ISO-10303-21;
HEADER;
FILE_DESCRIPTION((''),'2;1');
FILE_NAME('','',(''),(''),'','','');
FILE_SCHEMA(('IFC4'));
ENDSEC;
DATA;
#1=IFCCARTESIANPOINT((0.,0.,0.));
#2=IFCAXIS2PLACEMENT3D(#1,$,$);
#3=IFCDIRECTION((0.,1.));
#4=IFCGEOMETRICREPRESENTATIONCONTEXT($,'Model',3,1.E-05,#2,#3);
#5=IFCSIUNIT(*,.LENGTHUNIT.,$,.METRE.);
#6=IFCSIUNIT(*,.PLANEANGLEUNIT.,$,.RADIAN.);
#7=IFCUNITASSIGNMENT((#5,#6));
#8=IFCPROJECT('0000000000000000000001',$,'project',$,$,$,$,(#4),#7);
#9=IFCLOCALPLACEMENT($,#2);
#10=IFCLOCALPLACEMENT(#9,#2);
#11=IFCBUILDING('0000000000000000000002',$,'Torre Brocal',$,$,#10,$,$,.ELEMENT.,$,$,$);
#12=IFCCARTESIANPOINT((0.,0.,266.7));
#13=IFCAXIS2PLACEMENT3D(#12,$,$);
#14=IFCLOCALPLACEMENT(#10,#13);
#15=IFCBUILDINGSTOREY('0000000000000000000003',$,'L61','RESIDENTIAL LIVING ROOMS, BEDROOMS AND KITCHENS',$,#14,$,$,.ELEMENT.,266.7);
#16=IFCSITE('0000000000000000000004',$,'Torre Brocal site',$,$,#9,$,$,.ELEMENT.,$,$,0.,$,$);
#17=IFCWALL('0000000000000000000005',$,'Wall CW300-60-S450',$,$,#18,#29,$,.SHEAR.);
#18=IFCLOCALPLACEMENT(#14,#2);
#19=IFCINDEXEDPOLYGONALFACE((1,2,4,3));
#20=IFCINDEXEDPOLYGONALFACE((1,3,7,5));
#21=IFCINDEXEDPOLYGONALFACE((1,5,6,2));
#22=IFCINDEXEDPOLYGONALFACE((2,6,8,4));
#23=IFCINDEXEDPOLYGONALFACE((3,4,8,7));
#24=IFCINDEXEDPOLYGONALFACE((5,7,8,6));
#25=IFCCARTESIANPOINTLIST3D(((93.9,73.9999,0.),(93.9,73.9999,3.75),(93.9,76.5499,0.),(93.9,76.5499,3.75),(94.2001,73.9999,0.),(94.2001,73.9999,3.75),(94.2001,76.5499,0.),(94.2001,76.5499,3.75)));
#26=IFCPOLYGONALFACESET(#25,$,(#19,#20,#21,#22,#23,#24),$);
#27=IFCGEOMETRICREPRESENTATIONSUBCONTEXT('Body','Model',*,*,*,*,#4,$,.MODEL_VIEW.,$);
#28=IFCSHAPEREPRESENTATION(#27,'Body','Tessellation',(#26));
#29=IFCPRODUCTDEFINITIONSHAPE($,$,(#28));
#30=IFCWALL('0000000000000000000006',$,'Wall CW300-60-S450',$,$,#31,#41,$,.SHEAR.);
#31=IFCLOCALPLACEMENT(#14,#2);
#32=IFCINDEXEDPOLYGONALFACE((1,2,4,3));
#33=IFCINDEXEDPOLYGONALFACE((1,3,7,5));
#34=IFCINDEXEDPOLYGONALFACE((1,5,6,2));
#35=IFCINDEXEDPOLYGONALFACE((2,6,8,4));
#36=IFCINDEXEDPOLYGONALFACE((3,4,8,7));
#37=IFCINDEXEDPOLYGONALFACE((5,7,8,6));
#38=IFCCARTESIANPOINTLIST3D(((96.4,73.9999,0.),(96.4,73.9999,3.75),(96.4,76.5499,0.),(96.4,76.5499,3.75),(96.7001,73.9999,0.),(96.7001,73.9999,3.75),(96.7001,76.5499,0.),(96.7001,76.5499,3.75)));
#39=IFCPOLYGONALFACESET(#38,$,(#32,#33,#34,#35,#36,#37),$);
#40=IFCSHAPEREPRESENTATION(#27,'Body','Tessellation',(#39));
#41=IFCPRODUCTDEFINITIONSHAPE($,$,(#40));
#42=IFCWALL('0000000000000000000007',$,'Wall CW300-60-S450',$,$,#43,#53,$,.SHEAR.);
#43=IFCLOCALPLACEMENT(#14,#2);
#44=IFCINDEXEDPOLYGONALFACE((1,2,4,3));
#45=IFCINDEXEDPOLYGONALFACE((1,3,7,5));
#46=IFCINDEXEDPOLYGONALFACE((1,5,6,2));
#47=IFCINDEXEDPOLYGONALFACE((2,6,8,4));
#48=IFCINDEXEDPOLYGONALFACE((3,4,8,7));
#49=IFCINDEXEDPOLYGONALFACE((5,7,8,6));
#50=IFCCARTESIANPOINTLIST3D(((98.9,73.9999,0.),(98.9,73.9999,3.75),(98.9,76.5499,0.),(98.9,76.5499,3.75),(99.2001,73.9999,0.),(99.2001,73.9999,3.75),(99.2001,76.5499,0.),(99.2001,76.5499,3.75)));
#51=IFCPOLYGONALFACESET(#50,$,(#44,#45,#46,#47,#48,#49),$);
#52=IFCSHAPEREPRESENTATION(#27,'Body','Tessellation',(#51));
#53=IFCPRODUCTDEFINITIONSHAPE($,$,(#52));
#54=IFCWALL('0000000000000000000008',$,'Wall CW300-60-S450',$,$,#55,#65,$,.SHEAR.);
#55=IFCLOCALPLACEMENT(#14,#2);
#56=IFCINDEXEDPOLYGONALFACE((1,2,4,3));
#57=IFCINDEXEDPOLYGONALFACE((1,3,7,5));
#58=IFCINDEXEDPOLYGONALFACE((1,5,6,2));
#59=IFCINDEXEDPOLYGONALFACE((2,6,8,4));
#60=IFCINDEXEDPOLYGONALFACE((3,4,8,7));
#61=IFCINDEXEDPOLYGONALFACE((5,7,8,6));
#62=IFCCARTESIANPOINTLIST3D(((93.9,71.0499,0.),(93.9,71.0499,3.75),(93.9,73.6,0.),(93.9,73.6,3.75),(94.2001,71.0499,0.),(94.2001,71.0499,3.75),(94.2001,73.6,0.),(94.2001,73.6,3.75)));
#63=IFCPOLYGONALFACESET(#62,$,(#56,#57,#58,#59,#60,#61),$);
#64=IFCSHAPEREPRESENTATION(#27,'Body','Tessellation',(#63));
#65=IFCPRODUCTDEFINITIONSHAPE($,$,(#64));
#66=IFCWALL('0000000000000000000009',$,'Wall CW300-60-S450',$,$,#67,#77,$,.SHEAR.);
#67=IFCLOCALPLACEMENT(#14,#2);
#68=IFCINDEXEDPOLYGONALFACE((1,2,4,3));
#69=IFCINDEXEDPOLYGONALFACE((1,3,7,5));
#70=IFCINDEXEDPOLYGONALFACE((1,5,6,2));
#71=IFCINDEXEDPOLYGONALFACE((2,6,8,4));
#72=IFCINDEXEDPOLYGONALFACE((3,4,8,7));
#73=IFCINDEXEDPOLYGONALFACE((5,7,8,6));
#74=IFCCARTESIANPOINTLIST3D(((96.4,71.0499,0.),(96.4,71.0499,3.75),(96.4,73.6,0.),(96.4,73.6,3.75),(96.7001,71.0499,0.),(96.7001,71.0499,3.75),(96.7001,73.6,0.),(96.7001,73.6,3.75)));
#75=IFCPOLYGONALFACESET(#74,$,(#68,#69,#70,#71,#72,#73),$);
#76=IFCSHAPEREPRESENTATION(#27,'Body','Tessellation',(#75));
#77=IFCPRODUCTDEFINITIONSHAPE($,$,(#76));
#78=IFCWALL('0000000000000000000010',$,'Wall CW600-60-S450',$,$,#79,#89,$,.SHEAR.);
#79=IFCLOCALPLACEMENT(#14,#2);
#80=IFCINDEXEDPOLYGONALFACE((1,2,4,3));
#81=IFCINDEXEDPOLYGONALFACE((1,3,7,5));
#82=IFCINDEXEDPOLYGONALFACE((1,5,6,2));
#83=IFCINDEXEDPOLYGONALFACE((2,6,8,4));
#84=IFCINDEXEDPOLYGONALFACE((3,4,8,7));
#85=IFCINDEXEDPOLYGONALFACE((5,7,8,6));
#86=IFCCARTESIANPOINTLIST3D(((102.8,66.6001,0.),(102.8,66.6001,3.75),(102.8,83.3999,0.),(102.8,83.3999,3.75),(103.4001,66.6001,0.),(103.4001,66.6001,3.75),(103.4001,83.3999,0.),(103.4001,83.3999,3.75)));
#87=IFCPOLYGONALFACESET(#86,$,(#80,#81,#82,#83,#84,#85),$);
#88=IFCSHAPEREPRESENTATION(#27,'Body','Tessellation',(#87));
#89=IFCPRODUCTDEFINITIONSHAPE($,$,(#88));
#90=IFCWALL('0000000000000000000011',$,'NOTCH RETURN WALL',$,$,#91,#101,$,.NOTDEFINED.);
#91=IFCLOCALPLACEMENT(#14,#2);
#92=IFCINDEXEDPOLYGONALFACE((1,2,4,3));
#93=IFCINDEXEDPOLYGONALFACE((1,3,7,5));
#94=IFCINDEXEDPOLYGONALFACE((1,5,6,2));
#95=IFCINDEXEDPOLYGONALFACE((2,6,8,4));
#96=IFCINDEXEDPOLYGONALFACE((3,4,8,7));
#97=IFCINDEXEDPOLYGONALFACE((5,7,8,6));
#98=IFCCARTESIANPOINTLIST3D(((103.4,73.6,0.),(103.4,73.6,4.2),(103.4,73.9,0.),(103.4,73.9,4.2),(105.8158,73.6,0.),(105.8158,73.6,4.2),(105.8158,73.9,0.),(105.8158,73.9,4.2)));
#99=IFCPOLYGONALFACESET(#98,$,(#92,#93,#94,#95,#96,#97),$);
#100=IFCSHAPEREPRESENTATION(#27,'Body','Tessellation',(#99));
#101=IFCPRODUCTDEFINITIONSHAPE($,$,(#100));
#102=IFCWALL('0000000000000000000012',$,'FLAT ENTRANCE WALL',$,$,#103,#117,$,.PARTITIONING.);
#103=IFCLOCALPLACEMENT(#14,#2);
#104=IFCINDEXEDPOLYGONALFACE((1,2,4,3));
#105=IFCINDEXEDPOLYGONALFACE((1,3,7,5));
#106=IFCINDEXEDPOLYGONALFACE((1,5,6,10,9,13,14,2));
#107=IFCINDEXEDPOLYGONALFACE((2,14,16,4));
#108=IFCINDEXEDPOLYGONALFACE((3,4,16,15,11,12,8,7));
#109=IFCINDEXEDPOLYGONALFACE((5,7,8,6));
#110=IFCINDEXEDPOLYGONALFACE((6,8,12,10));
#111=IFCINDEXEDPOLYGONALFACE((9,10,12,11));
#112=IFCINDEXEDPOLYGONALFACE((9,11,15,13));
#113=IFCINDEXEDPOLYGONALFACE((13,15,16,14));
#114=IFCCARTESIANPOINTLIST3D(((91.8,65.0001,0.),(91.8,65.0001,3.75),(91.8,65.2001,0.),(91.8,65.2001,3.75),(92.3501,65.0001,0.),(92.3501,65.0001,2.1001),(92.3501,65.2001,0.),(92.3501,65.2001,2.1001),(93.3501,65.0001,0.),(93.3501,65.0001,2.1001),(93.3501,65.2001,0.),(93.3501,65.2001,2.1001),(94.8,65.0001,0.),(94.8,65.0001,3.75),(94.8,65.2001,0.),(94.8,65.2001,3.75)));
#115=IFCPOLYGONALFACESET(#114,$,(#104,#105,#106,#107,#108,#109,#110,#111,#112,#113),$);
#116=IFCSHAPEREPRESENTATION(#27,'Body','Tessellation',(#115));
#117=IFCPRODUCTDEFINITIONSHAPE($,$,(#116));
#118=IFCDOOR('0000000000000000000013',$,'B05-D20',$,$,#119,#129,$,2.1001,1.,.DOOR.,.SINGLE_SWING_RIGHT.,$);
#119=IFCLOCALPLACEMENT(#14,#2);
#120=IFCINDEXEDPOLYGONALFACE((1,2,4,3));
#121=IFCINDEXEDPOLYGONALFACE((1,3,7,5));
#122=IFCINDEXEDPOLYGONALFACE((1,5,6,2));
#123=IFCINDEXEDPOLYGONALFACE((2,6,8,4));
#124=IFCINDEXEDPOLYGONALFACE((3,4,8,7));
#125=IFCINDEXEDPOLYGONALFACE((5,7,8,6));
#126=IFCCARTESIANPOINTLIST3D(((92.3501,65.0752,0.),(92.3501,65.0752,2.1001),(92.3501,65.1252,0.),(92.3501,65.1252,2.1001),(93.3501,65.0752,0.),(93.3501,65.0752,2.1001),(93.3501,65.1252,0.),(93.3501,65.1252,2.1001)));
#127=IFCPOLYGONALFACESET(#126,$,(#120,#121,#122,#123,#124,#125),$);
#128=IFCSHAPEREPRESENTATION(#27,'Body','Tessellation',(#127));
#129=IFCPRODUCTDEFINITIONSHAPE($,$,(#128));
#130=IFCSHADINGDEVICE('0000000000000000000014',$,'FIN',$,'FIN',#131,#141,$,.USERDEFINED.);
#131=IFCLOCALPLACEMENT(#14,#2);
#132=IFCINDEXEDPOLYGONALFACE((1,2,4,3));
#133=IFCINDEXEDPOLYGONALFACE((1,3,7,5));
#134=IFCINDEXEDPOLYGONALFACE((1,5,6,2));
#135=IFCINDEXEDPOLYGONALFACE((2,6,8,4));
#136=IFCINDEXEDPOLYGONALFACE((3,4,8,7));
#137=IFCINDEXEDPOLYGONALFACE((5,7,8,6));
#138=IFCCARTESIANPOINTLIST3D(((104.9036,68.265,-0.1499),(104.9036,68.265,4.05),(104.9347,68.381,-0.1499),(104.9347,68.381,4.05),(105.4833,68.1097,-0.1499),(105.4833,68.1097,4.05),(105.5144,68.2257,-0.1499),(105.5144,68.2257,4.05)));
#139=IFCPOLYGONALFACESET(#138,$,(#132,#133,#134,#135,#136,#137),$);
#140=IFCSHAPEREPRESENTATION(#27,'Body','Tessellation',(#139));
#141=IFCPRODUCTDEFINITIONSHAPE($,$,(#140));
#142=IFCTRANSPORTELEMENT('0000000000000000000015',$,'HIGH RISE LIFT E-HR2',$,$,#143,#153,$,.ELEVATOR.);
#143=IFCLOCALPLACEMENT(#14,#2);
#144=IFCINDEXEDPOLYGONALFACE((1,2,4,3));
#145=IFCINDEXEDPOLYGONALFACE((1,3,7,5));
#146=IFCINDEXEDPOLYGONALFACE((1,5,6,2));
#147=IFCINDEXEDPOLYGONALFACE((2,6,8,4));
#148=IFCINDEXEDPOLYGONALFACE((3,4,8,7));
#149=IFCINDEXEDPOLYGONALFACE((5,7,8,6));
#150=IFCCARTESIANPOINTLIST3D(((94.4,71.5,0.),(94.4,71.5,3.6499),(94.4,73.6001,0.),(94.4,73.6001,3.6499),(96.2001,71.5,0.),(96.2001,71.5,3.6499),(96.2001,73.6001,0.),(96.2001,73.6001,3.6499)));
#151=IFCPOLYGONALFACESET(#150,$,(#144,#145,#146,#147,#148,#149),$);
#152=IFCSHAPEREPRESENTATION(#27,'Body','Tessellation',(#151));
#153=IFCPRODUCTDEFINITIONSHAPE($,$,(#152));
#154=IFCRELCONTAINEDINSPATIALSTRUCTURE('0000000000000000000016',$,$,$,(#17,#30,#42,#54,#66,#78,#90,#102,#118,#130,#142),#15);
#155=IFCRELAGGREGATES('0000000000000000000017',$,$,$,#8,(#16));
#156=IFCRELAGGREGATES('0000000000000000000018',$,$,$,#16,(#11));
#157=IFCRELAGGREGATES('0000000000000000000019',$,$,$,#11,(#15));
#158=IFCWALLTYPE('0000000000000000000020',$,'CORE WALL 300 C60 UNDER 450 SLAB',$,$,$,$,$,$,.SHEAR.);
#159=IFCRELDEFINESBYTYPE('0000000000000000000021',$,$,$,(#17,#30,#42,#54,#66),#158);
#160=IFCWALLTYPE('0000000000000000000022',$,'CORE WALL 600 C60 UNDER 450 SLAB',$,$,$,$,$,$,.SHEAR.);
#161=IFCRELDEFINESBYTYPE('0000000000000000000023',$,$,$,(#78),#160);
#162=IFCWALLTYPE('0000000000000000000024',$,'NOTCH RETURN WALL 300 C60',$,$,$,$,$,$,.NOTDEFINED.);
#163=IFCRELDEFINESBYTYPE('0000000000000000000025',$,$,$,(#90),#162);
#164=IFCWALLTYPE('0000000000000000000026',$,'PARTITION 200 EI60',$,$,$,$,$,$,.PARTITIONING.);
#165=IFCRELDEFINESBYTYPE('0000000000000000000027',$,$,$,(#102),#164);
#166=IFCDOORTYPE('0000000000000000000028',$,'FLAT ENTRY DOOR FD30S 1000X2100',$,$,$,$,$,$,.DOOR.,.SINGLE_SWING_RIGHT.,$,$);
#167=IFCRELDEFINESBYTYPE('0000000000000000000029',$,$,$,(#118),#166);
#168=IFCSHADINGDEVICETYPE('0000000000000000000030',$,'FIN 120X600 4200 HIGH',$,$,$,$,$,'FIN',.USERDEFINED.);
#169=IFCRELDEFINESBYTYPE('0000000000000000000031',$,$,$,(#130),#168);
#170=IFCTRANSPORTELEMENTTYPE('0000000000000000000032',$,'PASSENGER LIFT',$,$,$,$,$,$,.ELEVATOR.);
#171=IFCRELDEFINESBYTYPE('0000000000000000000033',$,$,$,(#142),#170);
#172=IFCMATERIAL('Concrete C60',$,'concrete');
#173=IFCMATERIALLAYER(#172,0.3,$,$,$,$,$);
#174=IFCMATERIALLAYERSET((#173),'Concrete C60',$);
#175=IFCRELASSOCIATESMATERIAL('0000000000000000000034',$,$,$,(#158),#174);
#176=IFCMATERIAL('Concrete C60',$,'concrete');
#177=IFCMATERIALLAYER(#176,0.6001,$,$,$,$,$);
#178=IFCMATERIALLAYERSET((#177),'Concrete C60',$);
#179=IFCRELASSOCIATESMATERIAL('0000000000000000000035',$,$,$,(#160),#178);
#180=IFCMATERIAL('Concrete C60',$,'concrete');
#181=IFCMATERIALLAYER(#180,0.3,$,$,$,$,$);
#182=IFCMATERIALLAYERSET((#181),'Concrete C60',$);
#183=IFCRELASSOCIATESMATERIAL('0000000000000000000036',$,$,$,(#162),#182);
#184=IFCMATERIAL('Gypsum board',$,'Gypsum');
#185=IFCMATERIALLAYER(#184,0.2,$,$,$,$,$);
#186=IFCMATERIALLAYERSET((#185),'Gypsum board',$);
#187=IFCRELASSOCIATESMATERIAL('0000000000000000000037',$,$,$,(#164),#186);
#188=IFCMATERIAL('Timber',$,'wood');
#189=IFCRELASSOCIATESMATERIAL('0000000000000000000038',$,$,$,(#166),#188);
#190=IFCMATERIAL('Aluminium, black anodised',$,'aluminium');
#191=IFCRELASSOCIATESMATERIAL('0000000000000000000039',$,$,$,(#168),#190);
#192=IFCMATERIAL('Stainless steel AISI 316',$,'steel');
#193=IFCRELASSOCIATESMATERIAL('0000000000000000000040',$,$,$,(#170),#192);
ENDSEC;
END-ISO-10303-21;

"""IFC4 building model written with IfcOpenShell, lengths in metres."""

from ifc_helpers import new_model, si_unit, direction, frame, frame_2d, origin, origin_2d, place, context, subcontext, project, spatial, rectangle, extrude, material, layer, layer_set, material_profile, profile_set, type_object, element, fill, save


model = new_model("IFC4")

# Units and contexts
model_context = context("Model", 3, precision=1e-05, world=origin(), true_north=direction((0.0, 1.0)))
body_context = subcontext(model_context, "Body", "Model", "MODEL_VIEW")
ifc_project = project(units=[si_unit("LENGTHUNIT", "METRE"), si_unit("PLANEANGLEUNIT", "RADIAN")], contexts=[model_context])

# Site, building, storey
site_placement = place(None, origin())
site = spatial("IfcSite", under=ifc_project, at=site_placement, Name="Torre Brocal site", CompositionType="ELEMENT", RefElevation=0.0)
building_placement = place(site_placement, origin())
building = spatial("IfcBuilding", under=site, at=building_placement, Name="Torre Brocal", CompositionType="ELEMENT")
storey_placement = place(building_placement, frame((0.0, 0.0, 266.7)))
storey = spatial("IfcBuildingStorey", under=building, at=storey_placement, Name="L61", Description="RESIDENTIAL LIVING ROOMS, BEDROOMS AND KITCHENS", CompositionType="ELEMENT", Elevation=266.7)

# Walls
ifc_material_1 = material(Name="Concrete C60", Category="concrete")
ifc_layer_1 = layer(ifc_material_1, 0.3)
ifc_layer_set_1 = layer_set([ifc_layer_1], Name="Concrete C60")
wall_type_1 = type_object("IfcWallType", Name="CORE WALL 300 C60 UNDER 450 SLAB", PredefinedType="SHEAR", material=ifc_layer_set_1)
for number, where, z_axis, x_axis, name in (
    (1, (94.05, 74.0, 0.0), (0.0, 0.0, 1.0), (0.0, 1.0, 0.0), "Wall CW300-60-S450"),
    (2, (96.55, 74.0, 0.0), (0.0, 0.0, 1.0), (0.0, 1.0, 0.0), "Wall CW300-60-S450"),
    (3, (99.05, 74.0, 0.0), (0.0, 0.0, 1.0), (0.0, 1.0, 0.0), "Wall CW300-60-S450"),
    (4, (94.05, 71.05, 0.0), (0.0, 0.0, 1.0), (0.0, 1.0, 0.0), "Wall CW300-60-S450"),
    (5, (96.55, 71.05, 0.0), (0.0, 0.0, 1.0), (0.0, 1.0, 0.0), "Wall CW300-60-S450"),
):
    element("IfcWall", number, at=place(storey_placement, frame(where, z_axis=z_axis, x_axis=x_axis)), inside=storey, type_object=wall_type_1, Name=name, PredefinedType="SHEAR", context=body_context, shape_type="SweptSolid", body=[
        extrude(rectangle(XDim=2.55, YDim=0.3, at=frame_2d((1.2749, 0.0))), origin(), (0.0, 0.0, 1.0), 3.75),
    ])
ifc_material_2 = material(Name="Concrete C60", Category="concrete")
ifc_layer_2 = layer(ifc_material_2, 0.6001)
ifc_layer_set_2 = layer_set([ifc_layer_2], Name="Concrete C60")
wall_type_2 = type_object("IfcWallType", Name="CORE WALL 600 C60 UNDER 450 SLAB", PredefinedType="SHEAR", material=ifc_layer_set_2)
wall_1_placement = place(storey_placement, frame((103.1001, 66.6001, 0.0), z_axis=(0.0, 0.0, 1.0), x_axis=(0.0, 1.0, 0.0)))
element("IfcWall", 6, at=wall_1_placement, inside=storey, type_object=wall_type_2, Name="Wall CW600-60-S450", PredefinedType="SHEAR", context=body_context, shape_type="SweptSolid", body=[
    extrude(rectangle(XDim=16.7998, YDim=0.6001, at=frame_2d((8.3999, 0.0))), origin(), (0.0, 0.0, 1.0), 3.75),
])
ifc_material_3 = material(Name="Concrete C60", Category="concrete")
ifc_layer_3 = layer(ifc_material_3, 0.3)
ifc_layer_set_3 = layer_set([ifc_layer_3], Name="Concrete C60")
wall_type_3 = type_object("IfcWallType", Name="NOTCH RETURN WALL 300 C60", PredefinedType="NOTDEFINED", material=ifc_layer_set_3)
wall_2_placement = place(storey_placement, frame((103.3999, 73.75, 0.0), z_axis=(0.0, 0.0, 1.0), x_axis=(1.0, 0.0, 0.0)))
element("IfcWall", 7, at=wall_2_placement, inside=storey, type_object=wall_type_3, Name="NOTCH RETURN WALL", PredefinedType="NOTDEFINED", context=body_context, shape_type="SweptSolid", body=[
    extrude(rectangle(XDim=2.4158, YDim=0.3, at=frame_2d((1.208, 0.0))), origin(), (0.0, 0.0, 1.0), 4.2),
])

# Wall, opening, door
ifc_material_4 = material(Name="Gypsum board", Category="Gypsum")
ifc_layer_4 = layer(ifc_material_4, 0.2)
ifc_layer_set_4 = layer_set([ifc_layer_4], Name="Gypsum board")
wall_type_4 = type_object("IfcWallType", Name="PARTITION 200 EI60", PredefinedType="PARTITIONING", material=ifc_layer_set_4)
wall_3_placement = place(storey_placement, frame((91.8, 65.1001, 0.0), z_axis=(0.0, 0.0, 1.0), x_axis=(1.0, 0.0, 0.0)))
wall_3 = element("IfcWall", 8, at=wall_3_placement, inside=storey, type_object=wall_type_4, Name="FLAT ENTRANCE WALL", PredefinedType="PARTITIONING", context=body_context, shape_type="SweptSolid", body=[
    extrude(rectangle(XDim=3.0, YDim=0.2, at=frame_2d((1.5, 0.0))), origin(), (0.0, 0.0, 1.0), 3.75),
])
opening_placement = place(wall_3_placement, frame((0.55, 0.0, 0.0)))
opening = element("IfcOpeningElement", 9, at=opening_placement, cuts=wall_3, PredefinedType="OPENING", context=body_context, shape_type="SweptSolid", body=[
    extrude(rectangle(XDim=1.0, YDim=2.1001, at=frame_2d((0.5, 1.05))), frame((0.0, 0.1099, 0.0), z_axis=(0.0, -1.0, 0.0), x_axis=(1.0, 0.0, 0.0)), (0.0, 0.0, 1.0), 0.22),
])
ifc_material_5 = material(Name="Timber", Category="wood")
door_type = type_object("IfcDoorType", Name="FLAT ENTRY DOOR FD30S 1000X2100", OperationType="SINGLE_SWING_RIGHT", PredefinedType="DOOR", material=ifc_material_5)
door_placement = place(opening_placement, frame((1.0, 0.0, 0.0), z_axis=(0.0, 0.0, 1.0), x_axis=(-1.0, 0.0, 0.0)))
door = element("IfcDoor", 10, at=door_placement, inside=storey, type_object=door_type, Name="B05-D20", OperationType="SINGLE_SWING_RIGHT", OverallHeight=2.1001, OverallWidth=1.0, PredefinedType="DOOR", context=body_context, shape_type="SweptSolid", body=[
    extrude(rectangle(XDim=1.0, YDim=2.1001, at=frame_2d((0.5, 1.05))), frame((0.0, 0.0249, 0.0), z_axis=(0.0, -1.0, 0.0), x_axis=(1.0, 0.0, 0.0)), (0.0, 0.0, 1.0), 0.05),
])
fill(opening, door)

# Shading device
ifc_material_6 = material(Name="Aluminium, black anodised", Category="aluminium")
ifc_material_profile_1 = material_profile(ifc_material_6, rectangle(XDim=0.1201, YDim=0.6001, at=origin_2d()), Name="FIN 120X600 4200 HIGH")
ifc_profile_set_1 = profile_set([ifc_material_profile_1], Name="Aluminium, black anodised")
shading_device_type = type_object("IfcShadingDeviceType", Name="FIN 120X600 4200 HIGH", ElementType="FIN", PredefinedType="USERDEFINED", material=ifc_profile_set_1)
shading_device_placement = place(storey_placement, frame((105.209, 68.2454, -0.1499), z_axis=(0.0, 0.0, 1.0), x_axis=(0.258819, 0.965926, 0.0)))
element("IfcShadingDevice", 11, at=shading_device_placement, inside=storey, type_object=shading_device_type, Name="FIN", ObjectType="FIN", PredefinedType="USERDEFINED", context=body_context, shape_type="SweptSolid", body=[
    extrude(rectangle(XDim=0.1201, YDim=0.6001, at=origin_2d()), origin(), (0.0, 0.0, 1.0), 4.2),
])

# Transport element
ifc_material_7 = material(Name="Stainless steel AISI 316", Category="steel")
transport_element_type = type_object("IfcTransportElementType", Name="PASSENGER LIFT", PredefinedType="ELEVATOR", material=ifc_material_7)
transport_element_placement = place(storey_placement, frame((95.3, 72.55, 0.0), z_axis=(0.0, 0.0, 1.0), x_axis=(1.0, 0.0, 0.0)))
element("IfcTransportElement", 12, at=transport_element_placement, inside=storey, type_object=transport_element_type, Name="HIGH RISE LIFT E-HR2", PredefinedType="ELEVATOR", context=body_context, shape_type="SweptSolid", body=[
    extrude(rectangle(XDim=1.8, YDim=2.1001, at=origin_2d()), origin(), (0.0, 0.0, 1.0), 3.6499),
])

save(model, "model.ifc")
